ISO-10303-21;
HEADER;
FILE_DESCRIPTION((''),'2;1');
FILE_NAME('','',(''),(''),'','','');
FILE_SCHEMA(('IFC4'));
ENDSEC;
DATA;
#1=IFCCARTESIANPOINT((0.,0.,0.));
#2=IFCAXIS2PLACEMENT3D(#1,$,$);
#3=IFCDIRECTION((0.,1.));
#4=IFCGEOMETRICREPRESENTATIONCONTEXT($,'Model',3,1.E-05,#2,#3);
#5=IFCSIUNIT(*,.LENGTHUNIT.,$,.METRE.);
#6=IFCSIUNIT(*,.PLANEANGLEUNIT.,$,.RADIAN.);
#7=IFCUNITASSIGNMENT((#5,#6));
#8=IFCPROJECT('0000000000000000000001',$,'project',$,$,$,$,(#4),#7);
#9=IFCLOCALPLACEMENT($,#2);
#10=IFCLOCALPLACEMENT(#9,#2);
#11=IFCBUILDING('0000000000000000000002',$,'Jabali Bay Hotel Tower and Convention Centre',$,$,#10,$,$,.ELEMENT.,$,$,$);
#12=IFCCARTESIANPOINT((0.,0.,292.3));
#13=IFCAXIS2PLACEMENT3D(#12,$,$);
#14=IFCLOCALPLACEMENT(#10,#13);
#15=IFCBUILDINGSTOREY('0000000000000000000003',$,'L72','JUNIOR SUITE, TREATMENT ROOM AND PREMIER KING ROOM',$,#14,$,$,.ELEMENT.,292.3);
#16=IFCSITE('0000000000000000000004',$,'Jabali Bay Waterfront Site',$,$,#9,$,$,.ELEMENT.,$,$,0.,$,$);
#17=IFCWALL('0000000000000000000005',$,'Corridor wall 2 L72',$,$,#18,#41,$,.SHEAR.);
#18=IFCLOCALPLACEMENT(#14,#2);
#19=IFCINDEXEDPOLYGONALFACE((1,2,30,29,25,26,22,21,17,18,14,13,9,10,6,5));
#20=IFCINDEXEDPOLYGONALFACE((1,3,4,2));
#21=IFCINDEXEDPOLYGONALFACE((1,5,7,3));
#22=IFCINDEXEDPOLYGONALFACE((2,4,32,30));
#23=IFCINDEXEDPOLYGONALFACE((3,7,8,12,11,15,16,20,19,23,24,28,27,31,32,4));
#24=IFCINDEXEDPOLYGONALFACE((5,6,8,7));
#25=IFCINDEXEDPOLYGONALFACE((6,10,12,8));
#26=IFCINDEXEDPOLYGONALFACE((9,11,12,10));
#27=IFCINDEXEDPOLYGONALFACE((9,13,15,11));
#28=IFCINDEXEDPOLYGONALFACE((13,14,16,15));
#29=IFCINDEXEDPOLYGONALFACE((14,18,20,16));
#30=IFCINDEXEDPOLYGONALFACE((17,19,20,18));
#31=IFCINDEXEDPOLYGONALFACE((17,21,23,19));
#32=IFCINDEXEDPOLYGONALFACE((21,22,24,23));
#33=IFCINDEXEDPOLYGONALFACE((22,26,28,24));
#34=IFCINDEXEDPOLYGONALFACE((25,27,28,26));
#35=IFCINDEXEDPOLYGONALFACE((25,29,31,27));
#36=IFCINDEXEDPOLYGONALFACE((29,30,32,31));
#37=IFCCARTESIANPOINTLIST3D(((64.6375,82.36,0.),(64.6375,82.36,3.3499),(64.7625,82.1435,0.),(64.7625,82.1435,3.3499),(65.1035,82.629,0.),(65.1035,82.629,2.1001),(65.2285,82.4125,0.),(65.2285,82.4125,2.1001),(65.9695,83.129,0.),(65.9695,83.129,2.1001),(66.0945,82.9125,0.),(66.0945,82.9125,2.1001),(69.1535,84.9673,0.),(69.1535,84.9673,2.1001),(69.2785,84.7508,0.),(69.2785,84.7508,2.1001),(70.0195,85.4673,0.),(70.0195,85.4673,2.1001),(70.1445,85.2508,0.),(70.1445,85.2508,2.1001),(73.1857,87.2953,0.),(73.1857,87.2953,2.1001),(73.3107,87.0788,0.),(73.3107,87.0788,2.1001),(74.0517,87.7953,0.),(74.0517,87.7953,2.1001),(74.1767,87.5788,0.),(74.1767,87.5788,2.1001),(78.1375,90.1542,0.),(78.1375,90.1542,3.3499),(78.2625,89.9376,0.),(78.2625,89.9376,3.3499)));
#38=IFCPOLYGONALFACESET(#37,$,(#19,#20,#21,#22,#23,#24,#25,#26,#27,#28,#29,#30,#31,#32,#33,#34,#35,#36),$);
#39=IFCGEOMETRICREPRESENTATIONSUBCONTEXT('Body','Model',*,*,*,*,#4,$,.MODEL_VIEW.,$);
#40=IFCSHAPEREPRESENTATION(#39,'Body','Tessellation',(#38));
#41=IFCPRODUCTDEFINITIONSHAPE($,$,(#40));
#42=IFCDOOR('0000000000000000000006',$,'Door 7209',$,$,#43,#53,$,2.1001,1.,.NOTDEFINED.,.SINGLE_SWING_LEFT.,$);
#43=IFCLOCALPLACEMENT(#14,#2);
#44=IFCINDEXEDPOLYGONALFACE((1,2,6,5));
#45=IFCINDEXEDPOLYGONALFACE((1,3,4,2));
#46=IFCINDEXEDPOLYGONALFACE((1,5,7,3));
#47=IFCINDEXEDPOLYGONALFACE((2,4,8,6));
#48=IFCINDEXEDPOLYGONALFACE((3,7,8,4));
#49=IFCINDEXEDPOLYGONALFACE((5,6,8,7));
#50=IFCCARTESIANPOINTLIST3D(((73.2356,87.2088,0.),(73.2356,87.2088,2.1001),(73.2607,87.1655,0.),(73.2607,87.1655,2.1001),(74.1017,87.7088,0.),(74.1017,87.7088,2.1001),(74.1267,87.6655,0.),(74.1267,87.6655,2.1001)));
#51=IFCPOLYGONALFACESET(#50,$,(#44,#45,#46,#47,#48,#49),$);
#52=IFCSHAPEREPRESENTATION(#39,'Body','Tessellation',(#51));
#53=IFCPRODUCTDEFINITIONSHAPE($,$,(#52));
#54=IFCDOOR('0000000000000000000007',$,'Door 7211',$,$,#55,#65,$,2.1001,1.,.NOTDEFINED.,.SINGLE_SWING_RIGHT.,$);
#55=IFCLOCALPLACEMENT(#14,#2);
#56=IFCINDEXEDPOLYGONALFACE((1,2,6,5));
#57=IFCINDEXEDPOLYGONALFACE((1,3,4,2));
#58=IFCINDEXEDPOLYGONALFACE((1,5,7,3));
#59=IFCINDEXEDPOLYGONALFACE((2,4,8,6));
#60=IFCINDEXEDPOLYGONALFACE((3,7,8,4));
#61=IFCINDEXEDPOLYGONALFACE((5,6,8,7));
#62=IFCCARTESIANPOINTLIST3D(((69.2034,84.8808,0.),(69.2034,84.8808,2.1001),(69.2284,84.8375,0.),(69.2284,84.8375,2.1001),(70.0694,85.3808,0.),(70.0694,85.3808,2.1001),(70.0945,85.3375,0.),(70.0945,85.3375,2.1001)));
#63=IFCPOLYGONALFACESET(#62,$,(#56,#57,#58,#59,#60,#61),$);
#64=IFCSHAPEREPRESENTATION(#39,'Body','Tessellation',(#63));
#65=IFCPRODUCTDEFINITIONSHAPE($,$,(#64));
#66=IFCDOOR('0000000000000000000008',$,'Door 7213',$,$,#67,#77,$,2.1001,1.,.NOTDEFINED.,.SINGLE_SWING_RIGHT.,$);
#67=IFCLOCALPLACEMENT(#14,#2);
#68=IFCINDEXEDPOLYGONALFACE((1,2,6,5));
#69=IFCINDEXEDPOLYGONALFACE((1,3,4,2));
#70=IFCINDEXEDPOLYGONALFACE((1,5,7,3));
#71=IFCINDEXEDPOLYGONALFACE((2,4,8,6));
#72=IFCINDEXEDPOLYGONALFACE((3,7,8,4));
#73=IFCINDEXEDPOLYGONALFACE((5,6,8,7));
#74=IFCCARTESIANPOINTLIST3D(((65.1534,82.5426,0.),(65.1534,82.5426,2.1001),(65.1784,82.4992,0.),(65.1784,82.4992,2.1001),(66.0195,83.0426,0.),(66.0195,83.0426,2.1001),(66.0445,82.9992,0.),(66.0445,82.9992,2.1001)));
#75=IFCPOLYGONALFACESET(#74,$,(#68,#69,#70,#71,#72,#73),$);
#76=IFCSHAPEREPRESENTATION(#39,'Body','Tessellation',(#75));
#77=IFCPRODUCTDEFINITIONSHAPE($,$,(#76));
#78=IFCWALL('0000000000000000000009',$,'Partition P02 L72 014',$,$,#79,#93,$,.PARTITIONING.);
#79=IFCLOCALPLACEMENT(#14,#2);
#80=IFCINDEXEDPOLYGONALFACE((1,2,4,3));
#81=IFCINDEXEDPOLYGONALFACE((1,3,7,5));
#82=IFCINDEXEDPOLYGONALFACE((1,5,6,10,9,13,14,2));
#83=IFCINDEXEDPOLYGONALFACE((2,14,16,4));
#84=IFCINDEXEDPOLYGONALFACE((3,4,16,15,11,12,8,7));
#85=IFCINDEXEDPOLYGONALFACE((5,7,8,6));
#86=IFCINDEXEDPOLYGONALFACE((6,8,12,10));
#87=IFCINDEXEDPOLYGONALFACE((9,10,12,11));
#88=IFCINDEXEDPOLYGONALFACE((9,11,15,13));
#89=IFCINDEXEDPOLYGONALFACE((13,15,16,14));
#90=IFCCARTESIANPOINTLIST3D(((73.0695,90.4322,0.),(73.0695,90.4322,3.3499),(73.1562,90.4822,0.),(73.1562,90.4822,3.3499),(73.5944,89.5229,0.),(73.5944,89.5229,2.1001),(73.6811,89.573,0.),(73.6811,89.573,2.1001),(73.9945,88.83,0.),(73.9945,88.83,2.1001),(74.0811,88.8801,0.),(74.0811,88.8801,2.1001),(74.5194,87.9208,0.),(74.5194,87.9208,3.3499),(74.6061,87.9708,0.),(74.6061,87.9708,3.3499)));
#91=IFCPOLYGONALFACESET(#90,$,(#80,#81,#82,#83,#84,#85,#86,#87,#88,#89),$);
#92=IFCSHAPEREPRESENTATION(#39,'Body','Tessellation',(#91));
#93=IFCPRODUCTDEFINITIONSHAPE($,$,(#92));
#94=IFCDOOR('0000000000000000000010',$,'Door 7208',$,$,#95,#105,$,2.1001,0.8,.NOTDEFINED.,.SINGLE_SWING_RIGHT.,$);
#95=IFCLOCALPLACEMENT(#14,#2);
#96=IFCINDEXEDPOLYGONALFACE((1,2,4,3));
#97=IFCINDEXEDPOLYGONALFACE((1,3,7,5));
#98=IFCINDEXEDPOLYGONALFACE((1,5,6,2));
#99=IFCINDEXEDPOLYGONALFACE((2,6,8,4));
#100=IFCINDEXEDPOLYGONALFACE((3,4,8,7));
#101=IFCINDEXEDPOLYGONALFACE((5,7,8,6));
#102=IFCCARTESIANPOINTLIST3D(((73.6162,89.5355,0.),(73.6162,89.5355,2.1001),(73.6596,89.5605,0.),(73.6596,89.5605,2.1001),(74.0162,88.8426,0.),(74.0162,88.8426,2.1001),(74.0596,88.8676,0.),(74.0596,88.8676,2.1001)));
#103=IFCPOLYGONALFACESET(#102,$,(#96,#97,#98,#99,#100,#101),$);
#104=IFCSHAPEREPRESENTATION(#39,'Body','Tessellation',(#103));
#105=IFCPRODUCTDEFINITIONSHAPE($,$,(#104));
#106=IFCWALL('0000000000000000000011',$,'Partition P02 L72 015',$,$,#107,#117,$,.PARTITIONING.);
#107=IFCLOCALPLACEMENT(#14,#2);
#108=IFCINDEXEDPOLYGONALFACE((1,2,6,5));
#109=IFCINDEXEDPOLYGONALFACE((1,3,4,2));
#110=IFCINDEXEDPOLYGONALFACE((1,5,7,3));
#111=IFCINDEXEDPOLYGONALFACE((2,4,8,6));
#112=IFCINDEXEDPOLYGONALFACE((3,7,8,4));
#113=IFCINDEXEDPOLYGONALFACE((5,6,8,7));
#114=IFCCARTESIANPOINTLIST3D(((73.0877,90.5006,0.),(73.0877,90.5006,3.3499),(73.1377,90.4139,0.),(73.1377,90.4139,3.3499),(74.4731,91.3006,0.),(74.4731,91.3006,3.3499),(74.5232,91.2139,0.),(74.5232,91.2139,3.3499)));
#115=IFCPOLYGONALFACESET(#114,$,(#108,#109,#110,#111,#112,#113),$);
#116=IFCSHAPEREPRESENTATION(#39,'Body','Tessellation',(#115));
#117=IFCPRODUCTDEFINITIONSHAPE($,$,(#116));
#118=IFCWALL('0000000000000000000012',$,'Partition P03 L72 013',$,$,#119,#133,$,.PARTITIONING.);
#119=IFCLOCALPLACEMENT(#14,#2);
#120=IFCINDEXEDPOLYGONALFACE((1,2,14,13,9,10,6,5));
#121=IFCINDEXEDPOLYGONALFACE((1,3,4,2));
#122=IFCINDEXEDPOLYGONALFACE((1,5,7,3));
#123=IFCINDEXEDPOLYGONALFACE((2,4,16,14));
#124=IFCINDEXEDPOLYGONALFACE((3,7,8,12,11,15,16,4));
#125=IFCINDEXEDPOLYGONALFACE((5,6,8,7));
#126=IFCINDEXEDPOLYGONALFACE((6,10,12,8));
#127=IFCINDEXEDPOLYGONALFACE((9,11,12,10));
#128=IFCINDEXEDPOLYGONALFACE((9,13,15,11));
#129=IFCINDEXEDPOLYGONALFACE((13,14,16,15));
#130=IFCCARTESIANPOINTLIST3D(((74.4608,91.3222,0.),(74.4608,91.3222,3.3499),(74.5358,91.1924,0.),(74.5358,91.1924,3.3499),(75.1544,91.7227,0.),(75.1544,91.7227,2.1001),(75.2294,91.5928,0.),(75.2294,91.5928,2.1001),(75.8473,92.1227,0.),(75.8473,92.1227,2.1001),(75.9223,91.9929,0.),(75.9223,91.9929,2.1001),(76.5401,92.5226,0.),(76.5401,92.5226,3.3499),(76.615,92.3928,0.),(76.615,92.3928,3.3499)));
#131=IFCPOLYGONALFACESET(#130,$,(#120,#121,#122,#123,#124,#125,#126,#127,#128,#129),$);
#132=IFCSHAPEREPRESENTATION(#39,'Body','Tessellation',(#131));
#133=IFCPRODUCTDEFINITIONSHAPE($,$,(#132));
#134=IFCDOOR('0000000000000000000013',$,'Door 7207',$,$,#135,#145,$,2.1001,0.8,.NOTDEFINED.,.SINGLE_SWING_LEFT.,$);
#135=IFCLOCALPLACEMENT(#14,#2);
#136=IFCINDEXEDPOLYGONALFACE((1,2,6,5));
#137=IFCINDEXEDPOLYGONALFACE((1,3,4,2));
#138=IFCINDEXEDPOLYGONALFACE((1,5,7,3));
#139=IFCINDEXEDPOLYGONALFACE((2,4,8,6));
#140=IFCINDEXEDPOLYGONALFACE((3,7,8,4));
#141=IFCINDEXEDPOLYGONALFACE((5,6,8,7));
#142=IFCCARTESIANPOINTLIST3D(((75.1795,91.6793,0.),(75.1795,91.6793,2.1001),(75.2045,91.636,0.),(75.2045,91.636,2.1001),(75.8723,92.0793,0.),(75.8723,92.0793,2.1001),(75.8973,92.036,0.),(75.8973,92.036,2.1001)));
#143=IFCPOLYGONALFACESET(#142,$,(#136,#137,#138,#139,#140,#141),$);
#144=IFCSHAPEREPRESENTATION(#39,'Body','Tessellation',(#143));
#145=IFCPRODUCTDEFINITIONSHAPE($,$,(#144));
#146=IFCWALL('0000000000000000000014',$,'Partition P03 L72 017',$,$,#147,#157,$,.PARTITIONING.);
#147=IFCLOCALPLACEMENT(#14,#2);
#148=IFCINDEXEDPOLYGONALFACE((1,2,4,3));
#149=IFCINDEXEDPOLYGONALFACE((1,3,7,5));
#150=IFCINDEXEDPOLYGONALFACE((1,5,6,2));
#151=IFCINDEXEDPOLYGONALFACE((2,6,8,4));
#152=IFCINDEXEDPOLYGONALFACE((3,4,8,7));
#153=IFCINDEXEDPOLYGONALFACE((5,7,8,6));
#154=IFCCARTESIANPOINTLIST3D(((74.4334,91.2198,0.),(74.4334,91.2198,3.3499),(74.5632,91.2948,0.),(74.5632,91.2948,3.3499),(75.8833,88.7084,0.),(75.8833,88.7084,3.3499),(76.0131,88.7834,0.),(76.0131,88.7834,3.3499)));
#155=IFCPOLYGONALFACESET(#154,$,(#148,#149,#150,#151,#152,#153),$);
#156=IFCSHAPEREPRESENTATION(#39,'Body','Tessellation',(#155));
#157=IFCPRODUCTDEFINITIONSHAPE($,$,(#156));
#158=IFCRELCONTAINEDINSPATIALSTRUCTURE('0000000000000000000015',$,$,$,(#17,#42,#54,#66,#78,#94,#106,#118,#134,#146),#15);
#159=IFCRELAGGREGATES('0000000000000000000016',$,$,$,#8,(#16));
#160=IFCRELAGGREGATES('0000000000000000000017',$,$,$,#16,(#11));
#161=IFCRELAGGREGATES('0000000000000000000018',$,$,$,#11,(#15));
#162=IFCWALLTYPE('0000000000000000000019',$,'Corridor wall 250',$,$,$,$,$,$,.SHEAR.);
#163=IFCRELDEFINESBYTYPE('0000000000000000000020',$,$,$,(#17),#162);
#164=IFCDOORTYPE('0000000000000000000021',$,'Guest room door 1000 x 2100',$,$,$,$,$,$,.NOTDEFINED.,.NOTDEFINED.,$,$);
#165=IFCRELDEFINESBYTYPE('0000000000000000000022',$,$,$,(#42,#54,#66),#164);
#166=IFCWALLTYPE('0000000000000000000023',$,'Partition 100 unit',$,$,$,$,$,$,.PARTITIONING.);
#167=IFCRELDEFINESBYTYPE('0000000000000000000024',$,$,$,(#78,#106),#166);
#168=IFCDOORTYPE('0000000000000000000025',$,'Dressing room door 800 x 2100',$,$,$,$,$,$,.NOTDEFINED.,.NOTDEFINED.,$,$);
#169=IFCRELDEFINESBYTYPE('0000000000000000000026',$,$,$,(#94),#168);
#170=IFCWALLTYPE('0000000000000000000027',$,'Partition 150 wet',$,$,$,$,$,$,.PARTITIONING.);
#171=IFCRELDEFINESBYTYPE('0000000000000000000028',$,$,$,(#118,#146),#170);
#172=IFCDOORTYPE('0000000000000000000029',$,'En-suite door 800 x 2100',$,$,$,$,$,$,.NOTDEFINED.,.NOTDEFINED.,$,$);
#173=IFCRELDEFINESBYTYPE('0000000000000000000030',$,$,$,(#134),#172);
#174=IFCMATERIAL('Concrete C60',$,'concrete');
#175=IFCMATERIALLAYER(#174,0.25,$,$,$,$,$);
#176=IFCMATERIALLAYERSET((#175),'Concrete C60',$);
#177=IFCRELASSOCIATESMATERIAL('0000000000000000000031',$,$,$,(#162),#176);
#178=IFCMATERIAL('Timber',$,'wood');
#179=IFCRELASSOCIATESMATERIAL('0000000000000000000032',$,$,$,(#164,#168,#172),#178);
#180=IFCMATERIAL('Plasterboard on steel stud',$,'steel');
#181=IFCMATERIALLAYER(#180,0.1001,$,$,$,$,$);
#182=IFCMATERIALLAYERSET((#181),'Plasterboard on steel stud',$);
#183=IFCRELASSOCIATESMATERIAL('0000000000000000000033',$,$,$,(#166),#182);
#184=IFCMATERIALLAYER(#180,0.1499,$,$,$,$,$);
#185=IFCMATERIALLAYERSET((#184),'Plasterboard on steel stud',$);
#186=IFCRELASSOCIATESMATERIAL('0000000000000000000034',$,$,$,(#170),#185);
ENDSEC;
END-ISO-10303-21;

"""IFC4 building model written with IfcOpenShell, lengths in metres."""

from ifc_helpers import new_model, si_unit, direction, frame, frame_2d, origin, place, context, subcontext, project, spatial, rectangle, extrude, material, layer, layer_set, type_object, element, fill, save


model = new_model("IFC4")

# Units and contexts
model_context = context("Model", 3, precision=1e-05, world=origin(), true_north=direction((0.0, 1.0)))
body_context = subcontext(model_context, "Body", "Model", "MODEL_VIEW")
ifc_project = project(units=[si_unit("LENGTHUNIT", "METRE"), si_unit("PLANEANGLEUNIT", "RADIAN")], contexts=[model_context])

# Site, building, storey
site_placement = place(None, origin())
site = spatial("IfcSite", under=ifc_project, at=site_placement, Name="Jabali Bay Waterfront Site", CompositionType="ELEMENT", RefElevation=0.0)
building_placement = place(site_placement, origin())
building = spatial("IfcBuilding", under=site, at=building_placement, Name="Jabali Bay Hotel Tower and Convention Centre", CompositionType="ELEMENT")
storey_placement = place(building_placement, frame((0.0, 0.0, 292.3)))
storey = spatial("IfcBuildingStorey", under=building, at=storey_placement, Name="L72", Description="JUNIOR SUITE, TREATMENT ROOM AND PREMIER KING ROOM", CompositionType="ELEMENT", Elevation=292.3)

# Shared definitions
ifc_material_1 = material(Name="Concrete C60", Category="concrete")

# Wall, openings, doors
ifc_layer_1 = layer(ifc_material_1, 0.25)
ifc_layer_set_1 = layer_set([ifc_layer_1], Name="Concrete C60")
wall_type_1 = type_object("IfcWallType", Name="Corridor wall 250", PredefinedType="SHEAR", material=ifc_layer_set_1)
wall_1_placement = place(storey_placement, frame((78.2, 90.0459, 0.0), z_axis=(0.0, 0.0, 1.0), x_axis=(-0.866026, -0.499998, 0.0)))
wall_1 = element("IfcWall", 1, at=wall_1_placement, inside=storey, type_object=wall_type_1, Name="Corridor wall 2 L72", PredefinedType="SHEAR", context=body_context, shape_type="SweptSolid", body=[
    extrude(rectangle(XDim=15.5884, YDim=0.25, at=frame_2d((7.7942, 0.0))), origin(), (0.0, 0.0, 1.0), 3.3499),
])
opening_1_placement = place(wall_1_placement, frame((4.7178, 0.0, 0.0)))
opening_1 = element("IfcOpeningElement", 2, at=opening_1_placement, cuts=wall_1, PredefinedType="OPENING", context=body_context, shape_type="SweptSolid", body=[
    extrude(rectangle(XDim=1.0, YDim=2.1001, at=frame_2d((0.5, 1.05))), frame((0.0, 0.1355, 0.0), z_axis=(0.0, -1.0, 0.0), x_axis=(1.0, 0.0, 0.0)), (0.0, 0.0, 1.0), 0.271),
])
opening_2_placement = place(wall_1_placement, frame((9.3738, 0.0, 0.0)))
opening_2 = element("IfcOpeningElement", 3, at=opening_2_placement, cuts=wall_1, PredefinedType="OPENING", context=body_context, shape_type="SweptSolid", body=[
    extrude(rectangle(XDim=1.0, YDim=2.1001, at=frame_2d((0.5, 1.05))), frame((0.0, 0.1355, 0.0), z_axis=(0.0, -1.0, 0.0), x_axis=(1.0, 0.0, 0.0)), (0.0, 0.0, 1.0), 0.271),
])
opening_3_placement = place(wall_1_placement, frame((14.0503, 0.0, 0.0)))
opening_3 = element("IfcOpeningElement", 4, at=opening_3_placement, cuts=wall_1, PredefinedType="OPENING", context=body_context, shape_type="SweptSolid", body=[
    extrude(rectangle(XDim=1.0, YDim=2.1001, at=frame_2d((0.5, 1.05))), frame((0.0, 0.1355, 0.0), z_axis=(0.0, -1.0, 0.0), x_axis=(1.0, 0.0, 0.0)), (0.0, 0.0, 1.0), 0.271),
])
ifc_material_2 = material(Name="Timber", Category="wood")
door_type_1 = type_object("IfcDoorType", Name="Guest room door 1000 x 2100", OperationType="NOTDEFINED", PredefinedType="NOTDEFINED", material=ifc_material_2)
door_1_placement = place(opening_1_placement, origin())
door_1 = element("IfcDoor", 5, at=door_1_placement, inside=storey, type_object=door_type_1, Name="Door 7209", OperationType="SINGLE_SWING_LEFT", OverallHeight=2.1001, OverallWidth=1.0, PredefinedType="NOTDEFINED", context=body_context, shape_type="SweptSolid", body=[
    extrude(rectangle(XDim=1.0, YDim=2.1001, at=frame_2d((0.5, 1.05))), frame((0.0, 0.0249, 0.0), z_axis=(0.0, -1.0, 0.0), x_axis=(1.0, 0.0, 0.0)), (0.0, 0.0, 1.0), 0.05),
])
fill(opening_1, door_1)
door_2_placement = place(opening_2_placement, origin())
door_2 = element("IfcDoor", 6, at=door_2_placement, inside=storey, type_object=door_type_1, Name="Door 7211", OperationType="SINGLE_SWING_RIGHT", OverallHeight=2.1001, OverallWidth=1.0, PredefinedType="NOTDEFINED", context=body_context, shape_type="SweptSolid", body=[
    extrude(rectangle(XDim=1.0, YDim=2.1001, at=frame_2d((0.5, 1.05))), frame((0.0, 0.0249, 0.0), z_axis=(0.0, -1.0, 0.0), x_axis=(1.0, 0.0, 0.0)), (0.0, 0.0, 1.0), 0.05),
])
fill(opening_2, door_2)
door_3_placement = place(opening_3_placement, origin())
door_3 = element("IfcDoor", 7, at=door_3_placement, inside=storey, type_object=door_type_1, Name="Door 7213", OperationType="SINGLE_SWING_RIGHT", OverallHeight=2.1001, OverallWidth=1.0, PredefinedType="NOTDEFINED", context=body_context, shape_type="SweptSolid", body=[
    extrude(rectangle(XDim=1.0, YDim=2.1001, at=frame_2d((0.5, 1.05))), frame((0.0, 0.0249, 0.0), z_axis=(0.0, -1.0, 0.0), x_axis=(1.0, 0.0, 0.0)), (0.0, 0.0, 1.0), 0.05),
])
fill(opening_3, door_3)

# Wall, opening, door
ifc_material_3 = material(Name="Plasterboard on steel stud", Category="steel")
ifc_layer_2 = layer(ifc_material_3, 0.1001)
ifc_layer_set_2 = layer_set([ifc_layer_2], Name="Plasterboard on steel stud")
wall_type_2 = type_object("IfcWallType", Name="Partition 100 unit", PredefinedType="PARTITIONING", material=ifc_layer_set_2)
wall_2_placement = place(storey_placement, frame((74.5627, 87.9458, 0.0), z_axis=(0.0, 0.0, 1.0), x_axis=(-0.499987, 0.866033, 0.0)))
wall_2 = element("IfcWall", 8, at=wall_2_placement, inside=storey, type_object=wall_type_2, Name="Partition P02 L72 014", PredefinedType="PARTITIONING", context=body_context, shape_type="SweptSolid", body=[
    extrude(rectangle(XDim=2.8999, YDim=0.1001, at=frame_2d((1.45, 0.0))), origin(), (0.0, 0.0, 1.0), 3.3499),
])
opening_4_placement = place(wall_2_placement, frame((1.05, 0.0, 0.0)))
opening_4 = element("IfcOpeningElement", 9, at=opening_4_placement, cuts=wall_2, PredefinedType="OPENING", context=body_context, shape_type="SweptSolid", body=[
    extrude(rectangle(XDim=0.8, YDim=2.1001, at=frame_2d((0.3999, 1.05))), frame((0.0, 0.0605, 0.0), z_axis=(0.0, -1.0, 0.0), x_axis=(1.0, 0.0, 0.0)), (0.0, 0.0, 1.0), 0.1211),
])
door_type_2 = type_object("IfcDoorType", Name="Dressing room door 800 x 2100", OperationType="NOTDEFINED", PredefinedType="NOTDEFINED", material=ifc_material_2)
door_4_placement = place(opening_4_placement, origin())
door_4 = element("IfcDoor", 10, at=door_4_placement, inside=storey, type_object=door_type_2, Name="Door 7208", OperationType="SINGLE_SWING_RIGHT", OverallHeight=2.1001, OverallWidth=0.8, PredefinedType="NOTDEFINED", context=body_context, shape_type="SweptSolid", body=[
    extrude(rectangle(XDim=0.8, YDim=2.1001, at=frame_2d((0.3999, 1.05))), frame((0.0, 0.0249, 0.0), z_axis=(0.0, -1.0, 0.0), x_axis=(1.0, 0.0, 0.0)), (0.0, 0.0, 1.0), 0.05),
])
fill(opening_4, door_4)

# Wall
wall_3_placement = place(storey_placement, frame((73.1128, 90.4573, 0.0), z_axis=(0.0, 0.0, 1.0), x_axis=(0.86599, 0.500061, 0.0)))
element("IfcWall", 11, at=wall_3_placement, inside=storey, type_object=wall_type_2, Name="Partition P02 L72 015", PredefinedType="PARTITIONING", context=body_context, shape_type="SweptSolid", body=[
    extrude(rectangle(XDim=1.5999, YDim=0.1001, at=frame_2d((0.7998, 0.0))), origin(), (0.0, 0.0, 1.0), 3.3499),
])

# Wall, opening, door
ifc_layer_3 = layer(ifc_material_3, 0.1499)
ifc_layer_set_3 = layer_set([ifc_layer_3], Name="Plasterboard on steel stud")
wall_type_3 = type_object("IfcWallType", Name="Partition 150 wet", PredefinedType="PARTITIONING", material=ifc_layer_set_3)
wall_4_placement = place(storey_placement, frame((74.4983, 91.2573, 0.0), z_axis=(0.0, 0.0, 1.0), x_axis=(0.866038, 0.499978, 0.0)))
wall_4 = element("IfcWall", 12, at=wall_4_placement, inside=storey, type_object=wall_type_3, Name="Partition P03 L72 013", PredefinedType="PARTITIONING", context=body_context, shape_type="SweptSolid", body=[
    extrude(rectangle(XDim=2.4009, YDim=0.1499, at=frame_2d((1.2004, 0.0))), origin(), (0.0, 0.0, 1.0), 3.3499),
])
opening_5_placement = place(wall_4_placement, frame((0.801, 0.0, 0.0)))
opening_5 = element("IfcOpeningElement", 13, at=opening_5_placement, cuts=wall_4, PredefinedType="OPENING", context=body_context, shape_type="SweptSolid", body=[
    extrude(rectangle(XDim=0.8, YDim=2.1001, at=frame_2d((0.3999, 1.05))), frame((0.0, 0.0854, 0.0), z_axis=(0.0, -1.0, 0.0), x_axis=(1.0, 0.0, 0.0)), (0.0, 0.0, 1.0), 0.1709),
])
door_type_3 = type_object("IfcDoorType", Name="En-suite door 800 x 2100", OperationType="NOTDEFINED", PredefinedType="NOTDEFINED", material=ifc_material_2)
door_5_placement = place(opening_5_placement, origin())
door_5 = element("IfcDoor", 14, at=door_5_placement, inside=storey, type_object=door_type_3, Name="Door 7207", OperationType="SINGLE_SWING_LEFT", OverallHeight=2.1001, OverallWidth=0.8, PredefinedType="NOTDEFINED", context=body_context, shape_type="SweptSolid", body=[
    extrude(rectangle(XDim=0.8, YDim=2.1001, at=frame_2d((0.3999, 1.05))), frame((0.0, 0.0249, 0.0), z_axis=(0.0, -1.0, 0.0), x_axis=(1.0, 0.0, 0.0)), (0.0, 0.0, 1.0), 0.05),
])
fill(opening_5, door_5)

# Wall
wall_5_placement = place(storey_placement, frame((74.4983, 91.2573, 0.0), z_axis=(0.0, 0.0, 1.0), x_axis=(0.499987, -0.866033, 0.0)))
element("IfcWall", 15, at=wall_5_placement, inside=storey, type_object=wall_type_3, Name="Partition P03 L72 017", PredefinedType="PARTITIONING", context=body_context, shape_type="SweptSolid", body=[
    extrude(rectangle(XDim=2.8999, YDim=0.1499, at=frame_2d((1.45, 0.0))), origin(), (0.0, 0.0, 1.0), 3.3499),
])

save(model, "model.ifc")
